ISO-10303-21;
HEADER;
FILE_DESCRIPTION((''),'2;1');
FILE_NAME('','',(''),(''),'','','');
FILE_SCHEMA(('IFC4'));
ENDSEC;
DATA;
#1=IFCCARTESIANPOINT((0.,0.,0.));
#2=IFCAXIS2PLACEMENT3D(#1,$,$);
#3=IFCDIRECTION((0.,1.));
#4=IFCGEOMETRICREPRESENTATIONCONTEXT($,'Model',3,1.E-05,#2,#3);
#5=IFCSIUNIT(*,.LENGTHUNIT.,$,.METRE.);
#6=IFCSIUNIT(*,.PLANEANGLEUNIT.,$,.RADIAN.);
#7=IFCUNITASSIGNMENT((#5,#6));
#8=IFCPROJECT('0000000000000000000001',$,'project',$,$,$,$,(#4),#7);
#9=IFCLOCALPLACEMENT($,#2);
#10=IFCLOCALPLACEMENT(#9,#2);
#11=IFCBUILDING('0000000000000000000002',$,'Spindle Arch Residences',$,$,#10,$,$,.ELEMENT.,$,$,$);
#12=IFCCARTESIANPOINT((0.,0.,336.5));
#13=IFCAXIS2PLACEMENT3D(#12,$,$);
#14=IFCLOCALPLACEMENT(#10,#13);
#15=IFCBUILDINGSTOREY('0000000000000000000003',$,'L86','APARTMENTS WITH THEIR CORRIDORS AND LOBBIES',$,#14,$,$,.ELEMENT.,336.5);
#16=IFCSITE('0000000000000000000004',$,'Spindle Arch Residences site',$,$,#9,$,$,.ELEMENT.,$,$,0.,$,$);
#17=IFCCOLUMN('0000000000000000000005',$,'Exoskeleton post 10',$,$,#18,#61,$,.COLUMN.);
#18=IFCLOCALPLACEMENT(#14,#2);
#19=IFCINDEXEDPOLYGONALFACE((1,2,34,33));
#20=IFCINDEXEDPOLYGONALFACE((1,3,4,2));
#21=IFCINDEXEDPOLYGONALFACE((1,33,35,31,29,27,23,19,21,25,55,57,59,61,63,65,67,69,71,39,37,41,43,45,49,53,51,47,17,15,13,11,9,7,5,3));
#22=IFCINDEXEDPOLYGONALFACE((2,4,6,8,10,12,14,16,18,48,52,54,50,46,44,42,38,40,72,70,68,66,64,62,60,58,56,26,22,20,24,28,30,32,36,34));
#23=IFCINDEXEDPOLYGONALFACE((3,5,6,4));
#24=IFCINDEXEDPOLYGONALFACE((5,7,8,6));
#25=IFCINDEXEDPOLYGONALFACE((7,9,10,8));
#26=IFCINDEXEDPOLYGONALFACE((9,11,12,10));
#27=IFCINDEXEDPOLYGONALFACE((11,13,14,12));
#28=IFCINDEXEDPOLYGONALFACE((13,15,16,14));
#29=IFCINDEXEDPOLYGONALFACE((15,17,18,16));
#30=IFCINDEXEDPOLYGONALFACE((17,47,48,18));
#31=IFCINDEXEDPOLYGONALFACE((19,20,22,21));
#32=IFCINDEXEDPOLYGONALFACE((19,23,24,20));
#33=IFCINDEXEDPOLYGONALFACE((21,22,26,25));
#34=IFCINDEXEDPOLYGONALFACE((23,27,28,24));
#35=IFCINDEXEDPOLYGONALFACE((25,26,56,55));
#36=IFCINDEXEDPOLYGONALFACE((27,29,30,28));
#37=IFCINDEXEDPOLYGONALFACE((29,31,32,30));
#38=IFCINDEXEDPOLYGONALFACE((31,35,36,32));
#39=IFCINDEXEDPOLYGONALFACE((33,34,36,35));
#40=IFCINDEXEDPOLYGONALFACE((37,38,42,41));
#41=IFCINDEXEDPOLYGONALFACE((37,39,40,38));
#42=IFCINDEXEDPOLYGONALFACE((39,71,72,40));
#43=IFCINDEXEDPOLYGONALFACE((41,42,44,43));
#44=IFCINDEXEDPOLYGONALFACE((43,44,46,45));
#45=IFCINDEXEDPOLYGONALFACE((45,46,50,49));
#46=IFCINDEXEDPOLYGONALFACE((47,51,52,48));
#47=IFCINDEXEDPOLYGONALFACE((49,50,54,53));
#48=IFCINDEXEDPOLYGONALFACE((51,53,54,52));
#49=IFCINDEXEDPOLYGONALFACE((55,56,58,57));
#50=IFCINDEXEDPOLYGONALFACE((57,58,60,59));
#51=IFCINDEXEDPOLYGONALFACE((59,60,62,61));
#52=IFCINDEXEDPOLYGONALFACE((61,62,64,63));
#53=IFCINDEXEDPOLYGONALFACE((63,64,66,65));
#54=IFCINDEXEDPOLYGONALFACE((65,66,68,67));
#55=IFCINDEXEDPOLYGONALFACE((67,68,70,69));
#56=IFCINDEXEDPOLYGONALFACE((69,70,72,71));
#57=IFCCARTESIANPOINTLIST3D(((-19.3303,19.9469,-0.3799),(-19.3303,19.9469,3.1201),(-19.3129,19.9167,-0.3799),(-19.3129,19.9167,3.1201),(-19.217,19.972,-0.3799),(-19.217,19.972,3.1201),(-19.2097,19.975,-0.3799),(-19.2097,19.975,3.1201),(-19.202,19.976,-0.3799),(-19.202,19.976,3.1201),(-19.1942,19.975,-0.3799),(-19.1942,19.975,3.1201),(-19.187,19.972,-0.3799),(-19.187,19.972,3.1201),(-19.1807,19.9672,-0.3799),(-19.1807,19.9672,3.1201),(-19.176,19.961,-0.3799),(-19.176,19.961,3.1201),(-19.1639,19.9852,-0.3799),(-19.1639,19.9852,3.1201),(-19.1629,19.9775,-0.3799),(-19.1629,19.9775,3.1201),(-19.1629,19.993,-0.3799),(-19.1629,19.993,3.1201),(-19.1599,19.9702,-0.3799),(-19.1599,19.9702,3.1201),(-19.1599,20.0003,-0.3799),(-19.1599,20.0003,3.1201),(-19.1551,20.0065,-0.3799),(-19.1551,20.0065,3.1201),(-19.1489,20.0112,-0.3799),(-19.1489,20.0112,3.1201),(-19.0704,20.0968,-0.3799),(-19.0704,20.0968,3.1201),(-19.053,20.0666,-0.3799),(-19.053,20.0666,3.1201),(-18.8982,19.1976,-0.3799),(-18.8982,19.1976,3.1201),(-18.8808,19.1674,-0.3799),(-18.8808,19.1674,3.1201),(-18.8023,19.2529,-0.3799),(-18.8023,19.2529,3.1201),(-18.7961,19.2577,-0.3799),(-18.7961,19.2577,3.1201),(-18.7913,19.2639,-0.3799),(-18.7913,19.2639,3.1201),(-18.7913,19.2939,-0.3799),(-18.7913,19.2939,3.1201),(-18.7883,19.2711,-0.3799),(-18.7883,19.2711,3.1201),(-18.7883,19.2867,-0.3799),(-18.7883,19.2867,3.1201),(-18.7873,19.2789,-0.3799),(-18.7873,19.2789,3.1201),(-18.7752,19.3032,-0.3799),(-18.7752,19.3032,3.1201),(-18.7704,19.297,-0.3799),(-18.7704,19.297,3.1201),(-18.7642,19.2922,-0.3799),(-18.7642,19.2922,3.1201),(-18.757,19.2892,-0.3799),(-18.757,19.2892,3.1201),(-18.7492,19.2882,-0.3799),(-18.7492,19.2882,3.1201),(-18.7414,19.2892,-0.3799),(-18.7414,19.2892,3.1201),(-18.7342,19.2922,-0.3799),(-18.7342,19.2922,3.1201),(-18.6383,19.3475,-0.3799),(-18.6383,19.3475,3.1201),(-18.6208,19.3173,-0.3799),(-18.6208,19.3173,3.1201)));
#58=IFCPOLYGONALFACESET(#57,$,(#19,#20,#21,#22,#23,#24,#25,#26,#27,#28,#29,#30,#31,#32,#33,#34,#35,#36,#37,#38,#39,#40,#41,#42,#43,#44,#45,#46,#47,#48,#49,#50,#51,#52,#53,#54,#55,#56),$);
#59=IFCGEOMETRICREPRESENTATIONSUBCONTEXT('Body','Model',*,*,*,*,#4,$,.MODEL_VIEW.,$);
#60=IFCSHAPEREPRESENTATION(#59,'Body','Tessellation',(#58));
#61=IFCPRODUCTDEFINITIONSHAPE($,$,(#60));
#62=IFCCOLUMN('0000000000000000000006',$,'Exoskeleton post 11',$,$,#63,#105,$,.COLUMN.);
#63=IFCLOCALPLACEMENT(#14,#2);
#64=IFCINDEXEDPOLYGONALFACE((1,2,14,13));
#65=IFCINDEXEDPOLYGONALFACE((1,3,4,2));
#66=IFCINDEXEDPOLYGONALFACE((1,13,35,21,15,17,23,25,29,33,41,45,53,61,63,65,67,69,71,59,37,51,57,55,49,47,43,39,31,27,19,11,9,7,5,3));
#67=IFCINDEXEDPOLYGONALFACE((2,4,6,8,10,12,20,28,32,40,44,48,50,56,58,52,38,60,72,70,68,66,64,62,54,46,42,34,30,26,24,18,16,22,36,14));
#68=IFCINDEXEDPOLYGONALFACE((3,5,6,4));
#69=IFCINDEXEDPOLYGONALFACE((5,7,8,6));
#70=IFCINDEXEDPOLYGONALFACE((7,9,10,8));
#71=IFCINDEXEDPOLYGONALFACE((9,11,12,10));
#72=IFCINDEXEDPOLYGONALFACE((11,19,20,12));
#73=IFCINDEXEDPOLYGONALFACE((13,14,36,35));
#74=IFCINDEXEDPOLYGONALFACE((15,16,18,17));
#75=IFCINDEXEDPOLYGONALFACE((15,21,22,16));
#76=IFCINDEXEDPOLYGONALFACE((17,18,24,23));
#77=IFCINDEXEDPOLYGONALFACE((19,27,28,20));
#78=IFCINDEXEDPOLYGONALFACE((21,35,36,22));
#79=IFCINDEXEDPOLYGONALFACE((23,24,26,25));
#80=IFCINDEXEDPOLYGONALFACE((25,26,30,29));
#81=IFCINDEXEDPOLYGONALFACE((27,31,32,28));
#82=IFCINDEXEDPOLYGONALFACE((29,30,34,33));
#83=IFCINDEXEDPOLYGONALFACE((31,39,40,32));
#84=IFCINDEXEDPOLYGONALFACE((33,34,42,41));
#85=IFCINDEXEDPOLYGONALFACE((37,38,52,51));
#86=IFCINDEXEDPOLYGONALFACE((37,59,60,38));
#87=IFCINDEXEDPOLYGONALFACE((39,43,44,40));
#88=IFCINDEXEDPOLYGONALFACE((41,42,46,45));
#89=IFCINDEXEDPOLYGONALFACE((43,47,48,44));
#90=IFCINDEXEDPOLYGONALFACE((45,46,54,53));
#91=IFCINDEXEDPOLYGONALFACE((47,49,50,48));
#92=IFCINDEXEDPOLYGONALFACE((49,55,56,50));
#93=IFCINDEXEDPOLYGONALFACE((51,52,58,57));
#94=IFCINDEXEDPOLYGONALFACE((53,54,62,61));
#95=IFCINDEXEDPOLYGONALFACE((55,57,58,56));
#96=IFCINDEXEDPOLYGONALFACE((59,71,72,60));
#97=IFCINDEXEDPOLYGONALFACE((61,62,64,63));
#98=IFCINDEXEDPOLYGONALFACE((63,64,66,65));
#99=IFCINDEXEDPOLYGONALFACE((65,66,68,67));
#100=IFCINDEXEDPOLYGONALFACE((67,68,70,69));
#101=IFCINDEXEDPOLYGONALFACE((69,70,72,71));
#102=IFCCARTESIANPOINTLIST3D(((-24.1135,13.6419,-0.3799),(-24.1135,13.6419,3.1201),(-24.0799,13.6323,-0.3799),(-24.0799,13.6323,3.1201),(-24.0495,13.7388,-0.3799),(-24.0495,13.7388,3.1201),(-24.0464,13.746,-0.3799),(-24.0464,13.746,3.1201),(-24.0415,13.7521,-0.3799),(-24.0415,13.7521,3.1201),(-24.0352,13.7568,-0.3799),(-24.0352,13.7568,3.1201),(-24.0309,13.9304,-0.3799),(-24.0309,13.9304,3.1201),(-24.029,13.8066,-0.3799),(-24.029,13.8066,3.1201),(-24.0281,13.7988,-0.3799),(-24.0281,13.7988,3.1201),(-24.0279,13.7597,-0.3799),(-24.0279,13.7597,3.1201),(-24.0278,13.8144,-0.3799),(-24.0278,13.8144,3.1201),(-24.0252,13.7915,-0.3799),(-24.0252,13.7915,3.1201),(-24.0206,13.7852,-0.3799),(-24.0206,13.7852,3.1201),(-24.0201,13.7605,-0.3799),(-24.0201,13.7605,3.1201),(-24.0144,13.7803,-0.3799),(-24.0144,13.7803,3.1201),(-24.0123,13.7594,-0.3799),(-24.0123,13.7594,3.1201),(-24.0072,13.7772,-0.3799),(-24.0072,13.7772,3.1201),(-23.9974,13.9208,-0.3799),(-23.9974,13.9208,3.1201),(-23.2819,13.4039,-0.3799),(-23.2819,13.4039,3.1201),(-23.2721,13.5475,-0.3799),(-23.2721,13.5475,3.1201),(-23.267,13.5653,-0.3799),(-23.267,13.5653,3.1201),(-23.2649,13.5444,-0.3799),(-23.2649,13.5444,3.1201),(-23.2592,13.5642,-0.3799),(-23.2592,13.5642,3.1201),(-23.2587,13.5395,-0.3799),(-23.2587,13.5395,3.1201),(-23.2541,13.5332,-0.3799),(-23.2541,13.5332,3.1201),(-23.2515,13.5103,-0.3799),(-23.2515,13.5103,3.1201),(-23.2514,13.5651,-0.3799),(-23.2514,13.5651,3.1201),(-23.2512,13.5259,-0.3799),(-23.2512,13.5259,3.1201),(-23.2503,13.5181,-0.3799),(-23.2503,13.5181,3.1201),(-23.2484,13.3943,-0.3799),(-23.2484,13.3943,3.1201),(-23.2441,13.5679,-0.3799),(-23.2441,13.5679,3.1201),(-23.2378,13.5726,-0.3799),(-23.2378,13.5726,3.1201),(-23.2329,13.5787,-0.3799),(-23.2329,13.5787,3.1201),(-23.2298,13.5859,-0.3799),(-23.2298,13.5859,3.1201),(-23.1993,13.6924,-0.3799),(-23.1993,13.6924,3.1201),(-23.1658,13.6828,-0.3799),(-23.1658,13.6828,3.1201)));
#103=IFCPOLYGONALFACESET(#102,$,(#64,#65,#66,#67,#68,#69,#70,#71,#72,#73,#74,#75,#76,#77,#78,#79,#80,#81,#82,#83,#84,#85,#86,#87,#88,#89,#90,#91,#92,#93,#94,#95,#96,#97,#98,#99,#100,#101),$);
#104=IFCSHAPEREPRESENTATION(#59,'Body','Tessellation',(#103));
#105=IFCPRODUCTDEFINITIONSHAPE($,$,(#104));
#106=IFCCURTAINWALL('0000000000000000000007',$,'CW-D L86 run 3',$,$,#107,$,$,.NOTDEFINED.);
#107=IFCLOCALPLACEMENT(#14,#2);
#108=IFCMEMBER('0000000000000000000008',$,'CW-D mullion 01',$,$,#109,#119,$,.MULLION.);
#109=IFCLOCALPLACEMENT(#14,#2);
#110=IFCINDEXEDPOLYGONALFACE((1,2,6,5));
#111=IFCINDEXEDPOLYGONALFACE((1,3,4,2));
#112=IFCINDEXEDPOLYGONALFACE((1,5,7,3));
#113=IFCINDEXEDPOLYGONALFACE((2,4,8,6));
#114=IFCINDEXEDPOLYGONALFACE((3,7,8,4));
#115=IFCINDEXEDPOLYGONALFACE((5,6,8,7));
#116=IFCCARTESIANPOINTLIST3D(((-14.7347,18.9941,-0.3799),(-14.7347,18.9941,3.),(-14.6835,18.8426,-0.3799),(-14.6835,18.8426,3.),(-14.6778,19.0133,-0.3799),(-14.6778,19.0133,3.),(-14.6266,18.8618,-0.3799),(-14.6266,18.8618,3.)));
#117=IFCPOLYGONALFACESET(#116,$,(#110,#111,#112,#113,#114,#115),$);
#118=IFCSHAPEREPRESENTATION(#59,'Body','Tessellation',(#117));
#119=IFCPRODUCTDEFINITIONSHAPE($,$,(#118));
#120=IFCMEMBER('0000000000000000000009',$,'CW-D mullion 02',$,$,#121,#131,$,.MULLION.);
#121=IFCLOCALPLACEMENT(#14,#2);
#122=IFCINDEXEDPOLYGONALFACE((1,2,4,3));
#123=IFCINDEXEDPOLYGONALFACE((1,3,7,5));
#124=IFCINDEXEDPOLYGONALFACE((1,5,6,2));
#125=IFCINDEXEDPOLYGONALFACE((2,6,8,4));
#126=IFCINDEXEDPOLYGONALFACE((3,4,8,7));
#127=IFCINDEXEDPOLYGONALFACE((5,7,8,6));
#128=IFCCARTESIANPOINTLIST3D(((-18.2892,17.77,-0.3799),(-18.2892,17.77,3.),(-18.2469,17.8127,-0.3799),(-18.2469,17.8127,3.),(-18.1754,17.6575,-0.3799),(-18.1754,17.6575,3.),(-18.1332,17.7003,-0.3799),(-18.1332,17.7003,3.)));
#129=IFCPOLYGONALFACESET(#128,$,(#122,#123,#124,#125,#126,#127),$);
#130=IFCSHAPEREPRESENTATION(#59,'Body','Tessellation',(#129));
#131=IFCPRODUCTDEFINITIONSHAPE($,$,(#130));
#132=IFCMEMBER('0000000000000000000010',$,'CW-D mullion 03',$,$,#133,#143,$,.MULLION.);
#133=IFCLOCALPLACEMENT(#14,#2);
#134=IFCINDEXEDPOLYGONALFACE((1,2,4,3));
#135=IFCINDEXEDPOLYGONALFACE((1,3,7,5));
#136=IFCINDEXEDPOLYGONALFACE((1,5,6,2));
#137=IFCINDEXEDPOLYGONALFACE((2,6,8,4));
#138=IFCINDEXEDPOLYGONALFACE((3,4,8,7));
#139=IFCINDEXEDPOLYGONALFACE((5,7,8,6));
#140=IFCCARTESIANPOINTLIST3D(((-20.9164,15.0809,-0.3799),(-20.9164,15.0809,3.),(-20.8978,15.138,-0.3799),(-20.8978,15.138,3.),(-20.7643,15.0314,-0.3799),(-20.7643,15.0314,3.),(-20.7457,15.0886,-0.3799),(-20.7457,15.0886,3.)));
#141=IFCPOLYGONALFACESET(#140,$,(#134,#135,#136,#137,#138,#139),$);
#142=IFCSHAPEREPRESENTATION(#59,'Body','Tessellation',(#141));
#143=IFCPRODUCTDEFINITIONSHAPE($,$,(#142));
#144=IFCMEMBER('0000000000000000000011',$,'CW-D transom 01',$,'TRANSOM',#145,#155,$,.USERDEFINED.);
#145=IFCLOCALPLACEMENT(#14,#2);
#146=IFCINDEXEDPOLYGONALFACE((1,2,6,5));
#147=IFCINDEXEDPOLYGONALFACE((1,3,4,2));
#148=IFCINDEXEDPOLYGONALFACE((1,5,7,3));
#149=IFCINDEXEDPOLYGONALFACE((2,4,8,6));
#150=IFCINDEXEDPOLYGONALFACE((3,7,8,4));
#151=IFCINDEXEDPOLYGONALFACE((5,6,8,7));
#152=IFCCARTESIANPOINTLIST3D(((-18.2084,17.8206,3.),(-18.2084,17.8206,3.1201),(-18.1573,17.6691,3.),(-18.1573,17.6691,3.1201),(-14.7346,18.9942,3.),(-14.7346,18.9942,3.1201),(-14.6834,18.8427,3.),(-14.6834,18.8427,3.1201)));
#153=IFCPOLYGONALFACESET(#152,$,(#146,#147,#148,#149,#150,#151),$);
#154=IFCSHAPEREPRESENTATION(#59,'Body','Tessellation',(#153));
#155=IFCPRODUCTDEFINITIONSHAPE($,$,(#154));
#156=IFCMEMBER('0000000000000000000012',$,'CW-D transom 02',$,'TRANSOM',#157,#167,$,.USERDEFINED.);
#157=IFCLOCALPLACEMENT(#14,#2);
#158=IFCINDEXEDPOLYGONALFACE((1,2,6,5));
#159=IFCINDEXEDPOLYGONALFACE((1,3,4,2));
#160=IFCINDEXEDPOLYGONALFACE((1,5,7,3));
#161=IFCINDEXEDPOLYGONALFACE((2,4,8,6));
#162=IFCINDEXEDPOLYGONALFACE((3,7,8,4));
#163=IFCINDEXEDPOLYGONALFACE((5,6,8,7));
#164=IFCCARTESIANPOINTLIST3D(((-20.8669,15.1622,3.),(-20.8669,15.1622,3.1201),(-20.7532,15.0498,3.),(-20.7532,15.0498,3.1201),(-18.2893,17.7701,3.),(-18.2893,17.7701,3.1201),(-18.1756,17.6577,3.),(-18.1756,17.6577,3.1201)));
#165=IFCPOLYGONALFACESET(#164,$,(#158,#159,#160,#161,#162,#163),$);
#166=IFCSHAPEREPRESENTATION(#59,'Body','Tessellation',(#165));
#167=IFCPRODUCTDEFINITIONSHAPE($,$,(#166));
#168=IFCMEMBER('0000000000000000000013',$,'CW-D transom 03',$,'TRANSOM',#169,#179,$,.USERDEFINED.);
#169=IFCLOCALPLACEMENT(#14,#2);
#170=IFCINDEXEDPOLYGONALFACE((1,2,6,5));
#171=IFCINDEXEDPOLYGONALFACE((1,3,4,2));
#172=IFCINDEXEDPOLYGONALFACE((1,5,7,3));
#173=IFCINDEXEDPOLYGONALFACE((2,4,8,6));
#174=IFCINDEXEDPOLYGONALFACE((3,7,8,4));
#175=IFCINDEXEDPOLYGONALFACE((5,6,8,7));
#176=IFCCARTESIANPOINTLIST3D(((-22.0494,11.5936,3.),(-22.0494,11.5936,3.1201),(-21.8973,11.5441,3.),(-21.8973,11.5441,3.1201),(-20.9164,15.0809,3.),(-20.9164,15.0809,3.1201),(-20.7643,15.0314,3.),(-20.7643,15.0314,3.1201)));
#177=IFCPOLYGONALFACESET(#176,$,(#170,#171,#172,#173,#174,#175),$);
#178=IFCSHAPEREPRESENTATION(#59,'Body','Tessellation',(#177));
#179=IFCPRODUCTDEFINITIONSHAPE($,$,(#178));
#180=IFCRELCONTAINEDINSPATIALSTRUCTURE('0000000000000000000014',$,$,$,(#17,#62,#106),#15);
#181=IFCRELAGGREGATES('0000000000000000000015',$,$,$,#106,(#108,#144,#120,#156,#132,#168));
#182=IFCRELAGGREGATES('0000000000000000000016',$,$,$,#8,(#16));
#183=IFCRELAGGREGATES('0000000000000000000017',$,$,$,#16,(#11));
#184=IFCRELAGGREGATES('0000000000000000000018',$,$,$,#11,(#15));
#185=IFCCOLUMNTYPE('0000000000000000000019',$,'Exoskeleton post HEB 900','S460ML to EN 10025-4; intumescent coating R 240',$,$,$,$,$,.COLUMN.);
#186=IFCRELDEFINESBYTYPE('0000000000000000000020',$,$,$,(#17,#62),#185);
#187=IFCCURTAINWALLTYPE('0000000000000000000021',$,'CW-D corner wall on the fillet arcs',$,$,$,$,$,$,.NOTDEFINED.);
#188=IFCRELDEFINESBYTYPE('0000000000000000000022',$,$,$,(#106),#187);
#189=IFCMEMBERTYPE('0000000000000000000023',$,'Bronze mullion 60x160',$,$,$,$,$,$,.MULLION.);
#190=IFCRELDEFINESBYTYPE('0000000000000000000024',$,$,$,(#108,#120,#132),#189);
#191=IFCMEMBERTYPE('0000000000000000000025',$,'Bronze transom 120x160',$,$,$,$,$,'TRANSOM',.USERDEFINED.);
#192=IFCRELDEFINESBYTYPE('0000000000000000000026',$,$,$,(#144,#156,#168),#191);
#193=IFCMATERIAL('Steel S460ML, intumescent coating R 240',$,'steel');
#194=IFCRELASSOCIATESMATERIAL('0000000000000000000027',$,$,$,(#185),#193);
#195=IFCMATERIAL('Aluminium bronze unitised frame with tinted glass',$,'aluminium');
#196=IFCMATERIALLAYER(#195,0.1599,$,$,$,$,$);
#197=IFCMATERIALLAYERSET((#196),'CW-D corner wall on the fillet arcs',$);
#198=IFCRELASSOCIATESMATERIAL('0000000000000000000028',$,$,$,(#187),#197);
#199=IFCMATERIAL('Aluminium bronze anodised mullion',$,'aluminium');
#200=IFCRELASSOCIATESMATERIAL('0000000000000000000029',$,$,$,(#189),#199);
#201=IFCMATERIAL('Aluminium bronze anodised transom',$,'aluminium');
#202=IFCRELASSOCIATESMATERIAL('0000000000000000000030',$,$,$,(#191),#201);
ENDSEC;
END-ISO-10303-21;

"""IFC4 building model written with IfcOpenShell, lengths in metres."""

from ifc_helpers import new_model, si_unit, direction, frame, origin, origin_2d, place, context, subcontext, project, spatial, rectangle, i_section, extrude, material, layer, layer_set, material_profile, profile_set, type_object, element, aggregate, save


model = new_model("IFC4")

# Units and contexts
model_context = context("Model", 3, precision=1e-05, world=origin(), true_north=direction((0.0, 1.0)))
body_context = subcontext(model_context, "Body", "Model", "MODEL_VIEW")
ifc_project = project(units=[si_unit("LENGTHUNIT", "METRE"), si_unit("PLANEANGLEUNIT", "RADIAN")], contexts=[model_context])

# Site, building, storey
site_placement = place(None, origin())
site = spatial("IfcSite", under=ifc_project, at=site_placement, Name="Spindle Arch Residences site", CompositionType="ELEMENT", RefElevation=0.0)
building_placement = place(site_placement, origin())
building = spatial("IfcBuilding", under=site, at=building_placement, Name="Spindle Arch Residences", CompositionType="ELEMENT")
storey_placement = place(building_placement, frame((0.0, 0.0, 336.5)))
storey = spatial("IfcBuildingStorey", under=building, at=storey_placement, Name="L86", Description="APARTMENTS WITH THEIR CORRIDORS AND LOBBIES", CompositionType="ELEMENT", Elevation=336.5)

# Columns
ifc_material_1 = material(Name="Steel S460ML, intumescent coating R 240", Category="steel")
ifc_material_profile_1 = material_profile(ifc_material_1, i_section(OverallWidth=0.3, OverallDepth=0.8999, WebThickness=0.0186, FlangeThickness=0.0349, FilletRadius=0.03, at=origin_2d()), Name="HEB 900")
ifc_profile_set_1 = profile_set([ifc_material_profile_1], Name="Steel S460ML, intumescent coating R 240")
column_type = type_object("IfcColumnType", Name="Exoskeleton post HEB 900", Description="S460ML to EN 10025-4; intumescent coating R 240", PredefinedType="COLUMN", material=ifc_profile_set_1)
for number, where, z_axis, x_axis, name in (
    (1, (-18.9756, 19.6321, -0.3799), (0.0, 0.0, 1.0), (0.866257, 0.499599, 0.0), "Exoskeleton post 10"),
    (2, (-23.6396, 13.6624, -0.3799), (0.0, 0.0, 1.0), (0.275193, 0.961389, 0.0), "Exoskeleton post 11"),
):
    element("IfcColumn", number, at=place(storey_placement, frame(where, z_axis=z_axis, x_axis=x_axis)), inside=storey, type_object=column_type, Name=name, PredefinedType="COLUMN", context=body_context, shape_type="SweptSolid", body=[
        extrude(i_section(OverallWidth=0.3, OverallDepth=0.8999, WebThickness=0.0186, FlangeThickness=0.0349, FilletRadius=0.03, at=origin_2d()), origin(), (0.0, 0.0, 1.0), 3.5),
    ])

# Curtain wall, members
ifc_material_2 = material(Name="Aluminium bronze unitised frame with tinted glass", Category="aluminium")
ifc_layer_1 = layer(ifc_material_2, 0.1599)
ifc_layer_set_1 = layer_set([ifc_layer_1], Name="CW-D corner wall on the fillet arcs")
curtain_wall_type = type_object("IfcCurtainWallType", Name="CW-D corner wall on the fillet arcs", PredefinedType="NOTDEFINED", material=ifc_layer_set_1)
curtain_wall_placement = place(storey_placement, origin())
curtain_wall = element("IfcCurtainWall", 3, at=curtain_wall_placement, inside=storey, type_object=curtain_wall_type, Name="CW-D L86 run 3", PredefinedType="NOTDEFINED")
ifc_material_3 = material(Name="Aluminium bronze anodised mullion", Category="aluminium")
ifc_material_profile_2 = material_profile(ifc_material_3, rectangle(XDim=0.1599, YDim=0.0601, at=origin_2d()), Name="MU 60x160")
ifc_profile_set_2 = profile_set([ifc_material_profile_2], Name="Aluminium bronze anodised mullion")
member_type_1 = type_object("IfcMemberType", Name="Bronze mullion 60x160", PredefinedType="MULLION", material=ifc_profile_set_2)
member_1_placement = place(storey_placement, frame((-14.6807, 18.928, -0.3799), z_axis=(0.0, 0.0, 1.0), x_axis=(0.320062, -0.947397, 0.0)))
member_1 = element("IfcMember", 4, at=member_1_placement, type_object=member_type_1, Name="CW-D mullion 01", PredefinedType="MULLION", context=body_context, shape_type="SweptSolid", body=[
    extrude(rectangle(XDim=0.1599, YDim=0.0601, at=origin_2d()), origin(), (0.0, 0.0, 1.0), 3.3799),
])
member_2_placement = place(storey_placement, frame((-18.2112, 17.7351, -0.3799), z_axis=(0.0, 0.0, 1.0), x_axis=(0.711209, -0.702981, 0.0)))
member_2 = element("IfcMember", 5, at=member_2_placement, type_object=member_type_1, Name="CW-D mullion 02", PredefinedType="MULLION", context=body_context, shape_type="SweptSolid", body=[
    extrude(rectangle(XDim=0.1599, YDim=0.0601, at=origin_2d()), origin(), (0.0, 0.0, 1.0), 3.3799),
])
member_3_placement = place(storey_placement, frame((-20.8311, 15.0847, -0.3799), z_axis=(0.0, 0.0, 1.0), x_axis=(0.951057, -0.309017, 0.0)))
member_3 = element("IfcMember", 6, at=member_3_placement, type_object=member_type_1, Name="CW-D mullion 03", PredefinedType="MULLION", context=body_context, shape_type="SweptSolid", body=[
    extrude(rectangle(XDim=0.1599, YDim=0.0601, at=origin_2d()), origin(), (0.0, 0.0, 1.0), 3.3799),
])
ifc_material_4 = material(Name="Aluminium bronze anodised transom", Category="aluminium")
ifc_material_profile_3 = material_profile(ifc_material_4, rectangle(XDim=0.1599, YDim=0.1201, at=origin_2d()), Name="TR 120x160")
ifc_profile_set_3 = profile_set([ifc_material_profile_3], Name="Aluminium bronze anodised transom")
member_type_2 = type_object("IfcMemberType", Name="Bronze transom 120x160", ElementType="TRANSOM", PredefinedType="USERDEFINED", material=ifc_profile_set_3)
member_4_placement = place(storey_placement, frame((-14.709, 18.9185, 3.0601), z_axis=(-0.947397, -0.32006, 0.0), x_axis=(0.32006, -0.947397, 0.0)))
member_4 = element("IfcMember", 7, at=member_4_placement, type_object=member_type_2, Name="CW-D transom 01", ObjectType="TRANSOM", PredefinedType="USERDEFINED", context=body_context, shape_type="SweptSolid", body=[
    extrude(rectangle(XDim=0.1599, YDim=0.1201, at=origin_2d()), origin(), (0.0, 0.0, 1.0), 3.6667),
])
member_5_placement = place(storey_placement, frame((-18.2324, 17.7139, 3.0601), z_axis=(-0.702967, -0.711223, 0.0), x_axis=(0.711223, -0.702967, 0.0)))
member_5 = element("IfcMember", 8, at=member_5_placement, type_object=member_type_2, Name="CW-D transom 02", ObjectType="TRANSOM", PredefinedType="USERDEFINED", context=body_context, shape_type="SweptSolid", body=[
    extrude(rectangle(XDim=0.1599, YDim=0.1201, at=origin_2d()), origin(), (0.0, 0.0, 1.0), 3.6667),
])
member_6_placement = place(storey_placement, frame((-20.8403, 15.0562, 3.0601), z_axis=(-0.309008, -0.95106, 0.0), x_axis=(0.95106, -0.309008, 0.0)))
member_6 = element("IfcMember", 9, at=member_6_placement, type_object=member_type_2, Name="CW-D transom 03", ObjectType="TRANSOM", PredefinedType="USERDEFINED", context=body_context, shape_type="SweptSolid", body=[
    extrude(rectangle(XDim=0.1599, YDim=0.1201, at=origin_2d()), origin(), (0.0, 0.0, 1.0), 3.6667),
])

aggregate(curtain_wall, [member_1, member_4, member_2, member_5, member_3, member_6])

save(model, "model.ifc")
